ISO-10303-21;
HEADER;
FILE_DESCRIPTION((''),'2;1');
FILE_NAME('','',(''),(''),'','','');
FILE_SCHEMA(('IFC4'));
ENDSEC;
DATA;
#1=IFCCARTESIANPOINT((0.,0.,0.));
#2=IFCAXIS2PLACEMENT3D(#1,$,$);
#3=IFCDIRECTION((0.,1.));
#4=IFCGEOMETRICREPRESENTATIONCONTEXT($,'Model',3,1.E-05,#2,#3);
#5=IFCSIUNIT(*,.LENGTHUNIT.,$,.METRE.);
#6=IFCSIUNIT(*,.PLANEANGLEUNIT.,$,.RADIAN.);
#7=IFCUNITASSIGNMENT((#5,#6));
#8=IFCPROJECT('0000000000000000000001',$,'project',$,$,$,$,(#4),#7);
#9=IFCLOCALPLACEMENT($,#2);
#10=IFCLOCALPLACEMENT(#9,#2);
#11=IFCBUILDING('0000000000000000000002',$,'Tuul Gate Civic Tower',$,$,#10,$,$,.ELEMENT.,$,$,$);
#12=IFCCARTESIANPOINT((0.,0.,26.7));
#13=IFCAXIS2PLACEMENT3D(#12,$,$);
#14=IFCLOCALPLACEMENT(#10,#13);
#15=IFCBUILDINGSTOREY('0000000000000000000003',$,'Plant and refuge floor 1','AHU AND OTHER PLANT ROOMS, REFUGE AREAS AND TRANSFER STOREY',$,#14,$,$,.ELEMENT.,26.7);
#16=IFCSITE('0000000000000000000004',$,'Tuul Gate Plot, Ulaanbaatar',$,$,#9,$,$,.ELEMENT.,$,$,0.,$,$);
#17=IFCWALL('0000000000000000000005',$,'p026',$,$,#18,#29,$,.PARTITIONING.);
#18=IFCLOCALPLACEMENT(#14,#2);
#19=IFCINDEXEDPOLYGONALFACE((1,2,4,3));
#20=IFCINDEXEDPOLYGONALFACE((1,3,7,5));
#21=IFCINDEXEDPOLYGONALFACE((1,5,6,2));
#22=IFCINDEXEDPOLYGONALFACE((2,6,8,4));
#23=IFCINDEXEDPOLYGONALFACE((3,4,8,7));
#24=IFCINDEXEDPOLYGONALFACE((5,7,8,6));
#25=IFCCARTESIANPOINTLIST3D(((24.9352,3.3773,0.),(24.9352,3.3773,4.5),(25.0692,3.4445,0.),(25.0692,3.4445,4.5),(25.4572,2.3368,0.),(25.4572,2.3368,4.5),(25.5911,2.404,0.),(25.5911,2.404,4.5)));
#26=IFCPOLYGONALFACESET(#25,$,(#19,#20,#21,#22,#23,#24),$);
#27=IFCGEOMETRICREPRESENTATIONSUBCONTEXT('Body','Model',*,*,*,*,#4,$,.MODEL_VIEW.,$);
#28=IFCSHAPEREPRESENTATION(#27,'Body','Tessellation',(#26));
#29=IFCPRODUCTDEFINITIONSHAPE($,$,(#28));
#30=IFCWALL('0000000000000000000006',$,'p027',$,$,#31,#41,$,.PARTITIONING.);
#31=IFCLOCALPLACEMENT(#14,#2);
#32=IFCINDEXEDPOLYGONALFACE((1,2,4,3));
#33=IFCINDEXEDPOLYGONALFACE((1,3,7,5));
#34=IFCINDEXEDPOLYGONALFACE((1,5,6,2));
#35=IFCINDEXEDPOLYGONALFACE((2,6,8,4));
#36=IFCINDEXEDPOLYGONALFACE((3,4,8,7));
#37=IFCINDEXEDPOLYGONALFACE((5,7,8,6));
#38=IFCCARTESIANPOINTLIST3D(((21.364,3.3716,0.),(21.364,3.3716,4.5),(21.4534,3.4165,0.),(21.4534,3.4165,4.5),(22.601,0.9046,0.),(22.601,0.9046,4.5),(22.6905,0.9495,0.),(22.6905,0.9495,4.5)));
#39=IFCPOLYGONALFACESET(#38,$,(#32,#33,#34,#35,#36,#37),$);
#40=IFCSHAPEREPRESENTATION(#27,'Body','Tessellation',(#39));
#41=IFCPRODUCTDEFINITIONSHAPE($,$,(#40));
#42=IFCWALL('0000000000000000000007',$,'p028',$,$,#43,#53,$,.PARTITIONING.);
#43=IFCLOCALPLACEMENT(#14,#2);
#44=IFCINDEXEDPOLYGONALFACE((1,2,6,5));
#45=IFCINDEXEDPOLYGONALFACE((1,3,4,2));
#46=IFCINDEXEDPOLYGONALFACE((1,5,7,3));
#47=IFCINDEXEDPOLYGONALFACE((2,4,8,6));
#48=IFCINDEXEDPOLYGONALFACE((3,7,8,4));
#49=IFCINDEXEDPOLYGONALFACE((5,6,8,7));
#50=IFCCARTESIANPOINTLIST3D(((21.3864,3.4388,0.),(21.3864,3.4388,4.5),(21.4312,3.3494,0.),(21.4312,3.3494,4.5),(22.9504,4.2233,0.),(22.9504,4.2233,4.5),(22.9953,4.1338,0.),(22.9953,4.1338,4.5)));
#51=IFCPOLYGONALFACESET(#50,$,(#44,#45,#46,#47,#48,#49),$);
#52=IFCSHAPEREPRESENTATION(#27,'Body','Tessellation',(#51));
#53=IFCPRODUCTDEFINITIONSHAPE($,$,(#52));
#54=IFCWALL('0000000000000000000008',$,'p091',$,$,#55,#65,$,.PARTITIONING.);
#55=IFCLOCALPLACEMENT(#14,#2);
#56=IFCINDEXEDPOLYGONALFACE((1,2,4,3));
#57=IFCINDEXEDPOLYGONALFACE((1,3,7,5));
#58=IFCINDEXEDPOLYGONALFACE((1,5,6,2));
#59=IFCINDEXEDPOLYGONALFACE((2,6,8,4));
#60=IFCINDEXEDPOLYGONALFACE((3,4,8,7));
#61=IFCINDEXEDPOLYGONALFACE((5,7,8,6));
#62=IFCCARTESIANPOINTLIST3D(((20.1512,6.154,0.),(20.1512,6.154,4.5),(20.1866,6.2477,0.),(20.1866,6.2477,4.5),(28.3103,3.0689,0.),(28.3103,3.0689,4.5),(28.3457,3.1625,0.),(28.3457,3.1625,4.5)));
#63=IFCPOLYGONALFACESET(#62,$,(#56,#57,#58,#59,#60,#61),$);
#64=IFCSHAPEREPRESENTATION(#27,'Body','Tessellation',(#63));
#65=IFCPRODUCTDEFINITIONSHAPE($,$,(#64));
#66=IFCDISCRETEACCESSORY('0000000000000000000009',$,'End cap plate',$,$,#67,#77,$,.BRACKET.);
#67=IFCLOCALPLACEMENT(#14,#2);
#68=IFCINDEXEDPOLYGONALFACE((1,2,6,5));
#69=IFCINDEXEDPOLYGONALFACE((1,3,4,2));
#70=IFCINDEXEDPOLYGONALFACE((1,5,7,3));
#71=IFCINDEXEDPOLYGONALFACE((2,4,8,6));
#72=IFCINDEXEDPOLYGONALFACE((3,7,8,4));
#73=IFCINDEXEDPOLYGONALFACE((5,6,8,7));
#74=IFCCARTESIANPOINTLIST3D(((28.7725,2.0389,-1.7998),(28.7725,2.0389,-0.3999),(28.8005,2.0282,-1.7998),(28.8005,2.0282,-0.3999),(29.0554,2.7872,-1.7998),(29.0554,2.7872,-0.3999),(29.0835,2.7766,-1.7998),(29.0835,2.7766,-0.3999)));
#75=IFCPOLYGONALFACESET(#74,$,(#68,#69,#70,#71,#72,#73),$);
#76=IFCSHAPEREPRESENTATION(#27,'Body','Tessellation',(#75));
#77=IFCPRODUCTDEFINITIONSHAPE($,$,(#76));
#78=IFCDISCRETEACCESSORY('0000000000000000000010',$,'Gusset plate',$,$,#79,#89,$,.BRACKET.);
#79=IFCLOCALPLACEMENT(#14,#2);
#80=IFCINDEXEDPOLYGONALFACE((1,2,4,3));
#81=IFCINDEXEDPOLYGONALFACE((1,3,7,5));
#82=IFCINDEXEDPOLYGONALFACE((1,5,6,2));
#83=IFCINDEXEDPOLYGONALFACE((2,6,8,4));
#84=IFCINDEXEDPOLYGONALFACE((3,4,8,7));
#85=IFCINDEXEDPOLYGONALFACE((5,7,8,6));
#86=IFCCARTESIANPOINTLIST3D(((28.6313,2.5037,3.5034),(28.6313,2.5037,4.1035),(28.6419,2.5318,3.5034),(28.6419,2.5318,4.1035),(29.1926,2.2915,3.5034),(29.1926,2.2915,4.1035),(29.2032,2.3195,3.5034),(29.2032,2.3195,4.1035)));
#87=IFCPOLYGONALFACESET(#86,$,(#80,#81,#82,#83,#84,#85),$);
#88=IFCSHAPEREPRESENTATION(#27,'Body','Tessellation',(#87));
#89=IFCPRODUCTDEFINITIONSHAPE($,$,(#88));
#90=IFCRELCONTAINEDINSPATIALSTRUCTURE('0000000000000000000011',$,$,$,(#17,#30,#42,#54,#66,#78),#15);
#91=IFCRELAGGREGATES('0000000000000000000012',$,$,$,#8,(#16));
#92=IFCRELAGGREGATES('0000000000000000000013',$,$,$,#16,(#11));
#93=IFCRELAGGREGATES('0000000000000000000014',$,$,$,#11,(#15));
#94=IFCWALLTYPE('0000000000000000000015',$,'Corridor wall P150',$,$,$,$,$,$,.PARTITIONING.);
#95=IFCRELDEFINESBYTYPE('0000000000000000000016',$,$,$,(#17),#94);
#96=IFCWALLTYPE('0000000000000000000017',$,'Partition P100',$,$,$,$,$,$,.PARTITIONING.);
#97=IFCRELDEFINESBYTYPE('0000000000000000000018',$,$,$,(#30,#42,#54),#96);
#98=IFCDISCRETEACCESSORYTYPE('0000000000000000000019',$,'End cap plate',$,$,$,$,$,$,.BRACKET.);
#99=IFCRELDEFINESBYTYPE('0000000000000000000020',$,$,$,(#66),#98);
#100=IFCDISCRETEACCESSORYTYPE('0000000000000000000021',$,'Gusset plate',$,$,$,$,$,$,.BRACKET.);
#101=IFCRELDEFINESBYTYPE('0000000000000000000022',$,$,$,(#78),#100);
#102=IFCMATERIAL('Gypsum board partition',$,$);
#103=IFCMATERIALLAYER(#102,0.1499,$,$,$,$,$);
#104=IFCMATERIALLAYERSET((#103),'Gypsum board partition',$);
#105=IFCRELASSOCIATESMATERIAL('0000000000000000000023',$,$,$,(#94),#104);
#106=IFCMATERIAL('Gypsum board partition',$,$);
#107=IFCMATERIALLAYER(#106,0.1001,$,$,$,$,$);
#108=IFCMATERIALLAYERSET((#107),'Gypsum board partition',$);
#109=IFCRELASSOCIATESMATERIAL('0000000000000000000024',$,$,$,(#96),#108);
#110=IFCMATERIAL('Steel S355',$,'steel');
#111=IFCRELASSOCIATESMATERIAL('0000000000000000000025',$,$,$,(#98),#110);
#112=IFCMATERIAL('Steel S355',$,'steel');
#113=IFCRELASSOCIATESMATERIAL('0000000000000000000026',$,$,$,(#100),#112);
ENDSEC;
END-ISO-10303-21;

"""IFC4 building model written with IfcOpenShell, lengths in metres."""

from ifc_helpers import new_model, si_unit, direction, frame, frame_2d, origin, origin_2d, place, context, subcontext, project, spatial, rectangle, extrude, material, layer, layer_set, type_object, element, save


model = new_model("IFC4")

# Units and contexts
model_context = context("Model", 3, precision=1e-05, world=origin(), true_north=direction((0.0, 1.0)))
body_context = subcontext(model_context, "Body", "Model", "MODEL_VIEW")
ifc_project = project(units=[si_unit("LENGTHUNIT", "METRE"), si_unit("PLANEANGLEUNIT", "RADIAN")], contexts=[model_context])

# Site, building, storey
site_placement = place(None, origin())
site = spatial("IfcSite", under=ifc_project, at=site_placement, Name="Tuul Gate Plot, Ulaanbaatar", CompositionType="ELEMENT", RefElevation=0.0)
building_placement = place(site_placement, origin())
building = spatial("IfcBuilding", under=site, at=building_placement, Name="Tuul Gate Civic Tower", CompositionType="ELEMENT")
storey_placement = place(building_placement, frame((0.0, 0.0, 26.7)))
storey = spatial("IfcBuildingStorey", under=building, at=storey_placement, Name="Plant and refuge floor 1", Description="AHU AND OTHER PLANT ROOMS, REFUGE AREAS AND TRANSFER STOREY", CompositionType="ELEMENT", Elevation=26.7)

# Shared definitions
ifc_material_1 = material(Name="Gypsum board partition")
ifc_layer_1 = layer(ifc_material_1, 0.1499)
ifc_layer_set_1 = layer_set([ifc_layer_1], Name="Gypsum board partition")
wall_type_1 = type_object("IfcWallType", Name="Corridor wall P150", PredefinedType="PARTITIONING", material=ifc_layer_set_1)

# Walls
wall_1_placement = place(storey_placement, frame((25.0022, 3.4109, 0.0), z_axis=(0.0, 0.0, 1.0), x_axis=(0.448388, -0.893839, 0.0)))
element("IfcWall", 1, at=wall_1_placement, inside=storey, type_object=wall_type_1, Name="p026", PredefinedType="PARTITIONING", context=body_context, shape_type="SweptSolid", body=[
    extrude(rectangle(XDim=1.1641, YDim=0.1499, at=frame_2d((0.582, 0.0))), origin(), (0.0, 0.0, 1.0), 4.5),
])
ifc_material_2 = material(Name="Gypsum board partition")
ifc_layer_2 = layer(ifc_material_2, 0.1001)
ifc_layer_set_2 = layer_set([ifc_layer_2], Name="Gypsum board partition")
wall_type_2 = type_object("IfcWallType", Name="Partition P100", PredefinedType="PARTITIONING", material=ifc_layer_set_2)
wall_2_placement = place(storey_placement, frame((21.4087, 3.394, 0.0), z_axis=(0.0, 0.0, 1.0), x_axis=(0.448239, -0.893914, 0.0)))
element("IfcWall", 2, at=wall_2_placement, inside=storey, type_object=wall_type_2, Name="p027", PredefinedType="PARTITIONING", context=body_context, shape_type="SweptSolid", body=[
    extrude(rectangle(XDim=2.7598, YDim=0.1001, at=frame_2d((1.3799, 0.0))), origin(), (0.0, 0.0, 1.0), 4.5),
])
wall_3_placement = place(storey_placement, frame((21.4087, 3.394, 0.0), z_axis=(0.0, 0.0, 1.0), x_axis=(0.893868, 0.44833, 0.0)))
element("IfcWall", 3, at=wall_3_placement, inside=storey, type_object=wall_type_2, Name="p028", PredefinedType="PARTITIONING", context=body_context, shape_type="SweptSolid", body=[
    extrude(rectangle(XDim=1.7498, YDim=0.1001, at=frame_2d((0.875, 0.0))), origin(), (0.0, 0.0, 1.0), 4.5),
])
wall_4_placement = place(storey_placement, frame((28.3279, 3.1157, 0.0), z_axis=(0.0, 0.0, 1.0), x_axis=(-0.935364, 0.353686, 0.0)))
element("IfcWall", 4, at=wall_4_placement, inside=storey, type_object=wall_type_2, Name="p091", PredefinedType="PARTITIONING", context=body_context, shape_type="SweptSolid", body=[
    extrude(rectangle(XDim=8.7229, YDim=0.1001, at=frame_2d((4.3613, 0.0))), origin(), (0.0, 0.0, 1.0), 4.5),
])

# Discrete accessories
ifc_material_3 = material(Name="Steel S355", Category="steel")
discrete_accessory_type_1 = type_object("IfcDiscreteAccessoryType", Name="End cap plate", PredefinedType="BRACKET", material=ifc_material_3)
discrete_accessory_1_placement = place(storey_placement, frame((28.928, 2.4077, -1.7998), z_axis=(0.0, 0.0, 1.0), x_axis=(0.935366, -0.35368, 0.0)))
element("IfcDiscreteAccessory", 5, at=discrete_accessory_1_placement, inside=storey, type_object=discrete_accessory_type_1, Name="End cap plate", PredefinedType="BRACKET", context=body_context, shape_type="SweptSolid", body=[
    extrude(rectangle(XDim=0.03, YDim=0.8, at=origin_2d()), origin(), (0.0, 0.0, 1.0), 1.3999),
])
ifc_material_4 = material(Name="Steel S355", Category="steel")
discrete_accessory_type_2 = type_object("IfcDiscreteAccessoryType", Name="Gusset plate", PredefinedType="BRACKET", material=ifc_material_4)
discrete_accessory_2_placement = place(storey_placement, frame((28.9172, 2.4116, 3.5034), z_axis=(0.0, 0.0, 1.0), x_axis=(-0.935366, 0.35368, 0.0)))
element("IfcDiscreteAccessory", 6, at=discrete_accessory_2_placement, inside=storey, type_object=discrete_accessory_type_2, Name="Gusset plate", PredefinedType="BRACKET", context=body_context, shape_type="SweptSolid", body=[
    extrude(rectangle(XDim=0.6001, YDim=0.03, at=origin_2d()), origin(), (0.0, 0.0, 1.0), 0.6001),
])

save(model, "model.ifc")
